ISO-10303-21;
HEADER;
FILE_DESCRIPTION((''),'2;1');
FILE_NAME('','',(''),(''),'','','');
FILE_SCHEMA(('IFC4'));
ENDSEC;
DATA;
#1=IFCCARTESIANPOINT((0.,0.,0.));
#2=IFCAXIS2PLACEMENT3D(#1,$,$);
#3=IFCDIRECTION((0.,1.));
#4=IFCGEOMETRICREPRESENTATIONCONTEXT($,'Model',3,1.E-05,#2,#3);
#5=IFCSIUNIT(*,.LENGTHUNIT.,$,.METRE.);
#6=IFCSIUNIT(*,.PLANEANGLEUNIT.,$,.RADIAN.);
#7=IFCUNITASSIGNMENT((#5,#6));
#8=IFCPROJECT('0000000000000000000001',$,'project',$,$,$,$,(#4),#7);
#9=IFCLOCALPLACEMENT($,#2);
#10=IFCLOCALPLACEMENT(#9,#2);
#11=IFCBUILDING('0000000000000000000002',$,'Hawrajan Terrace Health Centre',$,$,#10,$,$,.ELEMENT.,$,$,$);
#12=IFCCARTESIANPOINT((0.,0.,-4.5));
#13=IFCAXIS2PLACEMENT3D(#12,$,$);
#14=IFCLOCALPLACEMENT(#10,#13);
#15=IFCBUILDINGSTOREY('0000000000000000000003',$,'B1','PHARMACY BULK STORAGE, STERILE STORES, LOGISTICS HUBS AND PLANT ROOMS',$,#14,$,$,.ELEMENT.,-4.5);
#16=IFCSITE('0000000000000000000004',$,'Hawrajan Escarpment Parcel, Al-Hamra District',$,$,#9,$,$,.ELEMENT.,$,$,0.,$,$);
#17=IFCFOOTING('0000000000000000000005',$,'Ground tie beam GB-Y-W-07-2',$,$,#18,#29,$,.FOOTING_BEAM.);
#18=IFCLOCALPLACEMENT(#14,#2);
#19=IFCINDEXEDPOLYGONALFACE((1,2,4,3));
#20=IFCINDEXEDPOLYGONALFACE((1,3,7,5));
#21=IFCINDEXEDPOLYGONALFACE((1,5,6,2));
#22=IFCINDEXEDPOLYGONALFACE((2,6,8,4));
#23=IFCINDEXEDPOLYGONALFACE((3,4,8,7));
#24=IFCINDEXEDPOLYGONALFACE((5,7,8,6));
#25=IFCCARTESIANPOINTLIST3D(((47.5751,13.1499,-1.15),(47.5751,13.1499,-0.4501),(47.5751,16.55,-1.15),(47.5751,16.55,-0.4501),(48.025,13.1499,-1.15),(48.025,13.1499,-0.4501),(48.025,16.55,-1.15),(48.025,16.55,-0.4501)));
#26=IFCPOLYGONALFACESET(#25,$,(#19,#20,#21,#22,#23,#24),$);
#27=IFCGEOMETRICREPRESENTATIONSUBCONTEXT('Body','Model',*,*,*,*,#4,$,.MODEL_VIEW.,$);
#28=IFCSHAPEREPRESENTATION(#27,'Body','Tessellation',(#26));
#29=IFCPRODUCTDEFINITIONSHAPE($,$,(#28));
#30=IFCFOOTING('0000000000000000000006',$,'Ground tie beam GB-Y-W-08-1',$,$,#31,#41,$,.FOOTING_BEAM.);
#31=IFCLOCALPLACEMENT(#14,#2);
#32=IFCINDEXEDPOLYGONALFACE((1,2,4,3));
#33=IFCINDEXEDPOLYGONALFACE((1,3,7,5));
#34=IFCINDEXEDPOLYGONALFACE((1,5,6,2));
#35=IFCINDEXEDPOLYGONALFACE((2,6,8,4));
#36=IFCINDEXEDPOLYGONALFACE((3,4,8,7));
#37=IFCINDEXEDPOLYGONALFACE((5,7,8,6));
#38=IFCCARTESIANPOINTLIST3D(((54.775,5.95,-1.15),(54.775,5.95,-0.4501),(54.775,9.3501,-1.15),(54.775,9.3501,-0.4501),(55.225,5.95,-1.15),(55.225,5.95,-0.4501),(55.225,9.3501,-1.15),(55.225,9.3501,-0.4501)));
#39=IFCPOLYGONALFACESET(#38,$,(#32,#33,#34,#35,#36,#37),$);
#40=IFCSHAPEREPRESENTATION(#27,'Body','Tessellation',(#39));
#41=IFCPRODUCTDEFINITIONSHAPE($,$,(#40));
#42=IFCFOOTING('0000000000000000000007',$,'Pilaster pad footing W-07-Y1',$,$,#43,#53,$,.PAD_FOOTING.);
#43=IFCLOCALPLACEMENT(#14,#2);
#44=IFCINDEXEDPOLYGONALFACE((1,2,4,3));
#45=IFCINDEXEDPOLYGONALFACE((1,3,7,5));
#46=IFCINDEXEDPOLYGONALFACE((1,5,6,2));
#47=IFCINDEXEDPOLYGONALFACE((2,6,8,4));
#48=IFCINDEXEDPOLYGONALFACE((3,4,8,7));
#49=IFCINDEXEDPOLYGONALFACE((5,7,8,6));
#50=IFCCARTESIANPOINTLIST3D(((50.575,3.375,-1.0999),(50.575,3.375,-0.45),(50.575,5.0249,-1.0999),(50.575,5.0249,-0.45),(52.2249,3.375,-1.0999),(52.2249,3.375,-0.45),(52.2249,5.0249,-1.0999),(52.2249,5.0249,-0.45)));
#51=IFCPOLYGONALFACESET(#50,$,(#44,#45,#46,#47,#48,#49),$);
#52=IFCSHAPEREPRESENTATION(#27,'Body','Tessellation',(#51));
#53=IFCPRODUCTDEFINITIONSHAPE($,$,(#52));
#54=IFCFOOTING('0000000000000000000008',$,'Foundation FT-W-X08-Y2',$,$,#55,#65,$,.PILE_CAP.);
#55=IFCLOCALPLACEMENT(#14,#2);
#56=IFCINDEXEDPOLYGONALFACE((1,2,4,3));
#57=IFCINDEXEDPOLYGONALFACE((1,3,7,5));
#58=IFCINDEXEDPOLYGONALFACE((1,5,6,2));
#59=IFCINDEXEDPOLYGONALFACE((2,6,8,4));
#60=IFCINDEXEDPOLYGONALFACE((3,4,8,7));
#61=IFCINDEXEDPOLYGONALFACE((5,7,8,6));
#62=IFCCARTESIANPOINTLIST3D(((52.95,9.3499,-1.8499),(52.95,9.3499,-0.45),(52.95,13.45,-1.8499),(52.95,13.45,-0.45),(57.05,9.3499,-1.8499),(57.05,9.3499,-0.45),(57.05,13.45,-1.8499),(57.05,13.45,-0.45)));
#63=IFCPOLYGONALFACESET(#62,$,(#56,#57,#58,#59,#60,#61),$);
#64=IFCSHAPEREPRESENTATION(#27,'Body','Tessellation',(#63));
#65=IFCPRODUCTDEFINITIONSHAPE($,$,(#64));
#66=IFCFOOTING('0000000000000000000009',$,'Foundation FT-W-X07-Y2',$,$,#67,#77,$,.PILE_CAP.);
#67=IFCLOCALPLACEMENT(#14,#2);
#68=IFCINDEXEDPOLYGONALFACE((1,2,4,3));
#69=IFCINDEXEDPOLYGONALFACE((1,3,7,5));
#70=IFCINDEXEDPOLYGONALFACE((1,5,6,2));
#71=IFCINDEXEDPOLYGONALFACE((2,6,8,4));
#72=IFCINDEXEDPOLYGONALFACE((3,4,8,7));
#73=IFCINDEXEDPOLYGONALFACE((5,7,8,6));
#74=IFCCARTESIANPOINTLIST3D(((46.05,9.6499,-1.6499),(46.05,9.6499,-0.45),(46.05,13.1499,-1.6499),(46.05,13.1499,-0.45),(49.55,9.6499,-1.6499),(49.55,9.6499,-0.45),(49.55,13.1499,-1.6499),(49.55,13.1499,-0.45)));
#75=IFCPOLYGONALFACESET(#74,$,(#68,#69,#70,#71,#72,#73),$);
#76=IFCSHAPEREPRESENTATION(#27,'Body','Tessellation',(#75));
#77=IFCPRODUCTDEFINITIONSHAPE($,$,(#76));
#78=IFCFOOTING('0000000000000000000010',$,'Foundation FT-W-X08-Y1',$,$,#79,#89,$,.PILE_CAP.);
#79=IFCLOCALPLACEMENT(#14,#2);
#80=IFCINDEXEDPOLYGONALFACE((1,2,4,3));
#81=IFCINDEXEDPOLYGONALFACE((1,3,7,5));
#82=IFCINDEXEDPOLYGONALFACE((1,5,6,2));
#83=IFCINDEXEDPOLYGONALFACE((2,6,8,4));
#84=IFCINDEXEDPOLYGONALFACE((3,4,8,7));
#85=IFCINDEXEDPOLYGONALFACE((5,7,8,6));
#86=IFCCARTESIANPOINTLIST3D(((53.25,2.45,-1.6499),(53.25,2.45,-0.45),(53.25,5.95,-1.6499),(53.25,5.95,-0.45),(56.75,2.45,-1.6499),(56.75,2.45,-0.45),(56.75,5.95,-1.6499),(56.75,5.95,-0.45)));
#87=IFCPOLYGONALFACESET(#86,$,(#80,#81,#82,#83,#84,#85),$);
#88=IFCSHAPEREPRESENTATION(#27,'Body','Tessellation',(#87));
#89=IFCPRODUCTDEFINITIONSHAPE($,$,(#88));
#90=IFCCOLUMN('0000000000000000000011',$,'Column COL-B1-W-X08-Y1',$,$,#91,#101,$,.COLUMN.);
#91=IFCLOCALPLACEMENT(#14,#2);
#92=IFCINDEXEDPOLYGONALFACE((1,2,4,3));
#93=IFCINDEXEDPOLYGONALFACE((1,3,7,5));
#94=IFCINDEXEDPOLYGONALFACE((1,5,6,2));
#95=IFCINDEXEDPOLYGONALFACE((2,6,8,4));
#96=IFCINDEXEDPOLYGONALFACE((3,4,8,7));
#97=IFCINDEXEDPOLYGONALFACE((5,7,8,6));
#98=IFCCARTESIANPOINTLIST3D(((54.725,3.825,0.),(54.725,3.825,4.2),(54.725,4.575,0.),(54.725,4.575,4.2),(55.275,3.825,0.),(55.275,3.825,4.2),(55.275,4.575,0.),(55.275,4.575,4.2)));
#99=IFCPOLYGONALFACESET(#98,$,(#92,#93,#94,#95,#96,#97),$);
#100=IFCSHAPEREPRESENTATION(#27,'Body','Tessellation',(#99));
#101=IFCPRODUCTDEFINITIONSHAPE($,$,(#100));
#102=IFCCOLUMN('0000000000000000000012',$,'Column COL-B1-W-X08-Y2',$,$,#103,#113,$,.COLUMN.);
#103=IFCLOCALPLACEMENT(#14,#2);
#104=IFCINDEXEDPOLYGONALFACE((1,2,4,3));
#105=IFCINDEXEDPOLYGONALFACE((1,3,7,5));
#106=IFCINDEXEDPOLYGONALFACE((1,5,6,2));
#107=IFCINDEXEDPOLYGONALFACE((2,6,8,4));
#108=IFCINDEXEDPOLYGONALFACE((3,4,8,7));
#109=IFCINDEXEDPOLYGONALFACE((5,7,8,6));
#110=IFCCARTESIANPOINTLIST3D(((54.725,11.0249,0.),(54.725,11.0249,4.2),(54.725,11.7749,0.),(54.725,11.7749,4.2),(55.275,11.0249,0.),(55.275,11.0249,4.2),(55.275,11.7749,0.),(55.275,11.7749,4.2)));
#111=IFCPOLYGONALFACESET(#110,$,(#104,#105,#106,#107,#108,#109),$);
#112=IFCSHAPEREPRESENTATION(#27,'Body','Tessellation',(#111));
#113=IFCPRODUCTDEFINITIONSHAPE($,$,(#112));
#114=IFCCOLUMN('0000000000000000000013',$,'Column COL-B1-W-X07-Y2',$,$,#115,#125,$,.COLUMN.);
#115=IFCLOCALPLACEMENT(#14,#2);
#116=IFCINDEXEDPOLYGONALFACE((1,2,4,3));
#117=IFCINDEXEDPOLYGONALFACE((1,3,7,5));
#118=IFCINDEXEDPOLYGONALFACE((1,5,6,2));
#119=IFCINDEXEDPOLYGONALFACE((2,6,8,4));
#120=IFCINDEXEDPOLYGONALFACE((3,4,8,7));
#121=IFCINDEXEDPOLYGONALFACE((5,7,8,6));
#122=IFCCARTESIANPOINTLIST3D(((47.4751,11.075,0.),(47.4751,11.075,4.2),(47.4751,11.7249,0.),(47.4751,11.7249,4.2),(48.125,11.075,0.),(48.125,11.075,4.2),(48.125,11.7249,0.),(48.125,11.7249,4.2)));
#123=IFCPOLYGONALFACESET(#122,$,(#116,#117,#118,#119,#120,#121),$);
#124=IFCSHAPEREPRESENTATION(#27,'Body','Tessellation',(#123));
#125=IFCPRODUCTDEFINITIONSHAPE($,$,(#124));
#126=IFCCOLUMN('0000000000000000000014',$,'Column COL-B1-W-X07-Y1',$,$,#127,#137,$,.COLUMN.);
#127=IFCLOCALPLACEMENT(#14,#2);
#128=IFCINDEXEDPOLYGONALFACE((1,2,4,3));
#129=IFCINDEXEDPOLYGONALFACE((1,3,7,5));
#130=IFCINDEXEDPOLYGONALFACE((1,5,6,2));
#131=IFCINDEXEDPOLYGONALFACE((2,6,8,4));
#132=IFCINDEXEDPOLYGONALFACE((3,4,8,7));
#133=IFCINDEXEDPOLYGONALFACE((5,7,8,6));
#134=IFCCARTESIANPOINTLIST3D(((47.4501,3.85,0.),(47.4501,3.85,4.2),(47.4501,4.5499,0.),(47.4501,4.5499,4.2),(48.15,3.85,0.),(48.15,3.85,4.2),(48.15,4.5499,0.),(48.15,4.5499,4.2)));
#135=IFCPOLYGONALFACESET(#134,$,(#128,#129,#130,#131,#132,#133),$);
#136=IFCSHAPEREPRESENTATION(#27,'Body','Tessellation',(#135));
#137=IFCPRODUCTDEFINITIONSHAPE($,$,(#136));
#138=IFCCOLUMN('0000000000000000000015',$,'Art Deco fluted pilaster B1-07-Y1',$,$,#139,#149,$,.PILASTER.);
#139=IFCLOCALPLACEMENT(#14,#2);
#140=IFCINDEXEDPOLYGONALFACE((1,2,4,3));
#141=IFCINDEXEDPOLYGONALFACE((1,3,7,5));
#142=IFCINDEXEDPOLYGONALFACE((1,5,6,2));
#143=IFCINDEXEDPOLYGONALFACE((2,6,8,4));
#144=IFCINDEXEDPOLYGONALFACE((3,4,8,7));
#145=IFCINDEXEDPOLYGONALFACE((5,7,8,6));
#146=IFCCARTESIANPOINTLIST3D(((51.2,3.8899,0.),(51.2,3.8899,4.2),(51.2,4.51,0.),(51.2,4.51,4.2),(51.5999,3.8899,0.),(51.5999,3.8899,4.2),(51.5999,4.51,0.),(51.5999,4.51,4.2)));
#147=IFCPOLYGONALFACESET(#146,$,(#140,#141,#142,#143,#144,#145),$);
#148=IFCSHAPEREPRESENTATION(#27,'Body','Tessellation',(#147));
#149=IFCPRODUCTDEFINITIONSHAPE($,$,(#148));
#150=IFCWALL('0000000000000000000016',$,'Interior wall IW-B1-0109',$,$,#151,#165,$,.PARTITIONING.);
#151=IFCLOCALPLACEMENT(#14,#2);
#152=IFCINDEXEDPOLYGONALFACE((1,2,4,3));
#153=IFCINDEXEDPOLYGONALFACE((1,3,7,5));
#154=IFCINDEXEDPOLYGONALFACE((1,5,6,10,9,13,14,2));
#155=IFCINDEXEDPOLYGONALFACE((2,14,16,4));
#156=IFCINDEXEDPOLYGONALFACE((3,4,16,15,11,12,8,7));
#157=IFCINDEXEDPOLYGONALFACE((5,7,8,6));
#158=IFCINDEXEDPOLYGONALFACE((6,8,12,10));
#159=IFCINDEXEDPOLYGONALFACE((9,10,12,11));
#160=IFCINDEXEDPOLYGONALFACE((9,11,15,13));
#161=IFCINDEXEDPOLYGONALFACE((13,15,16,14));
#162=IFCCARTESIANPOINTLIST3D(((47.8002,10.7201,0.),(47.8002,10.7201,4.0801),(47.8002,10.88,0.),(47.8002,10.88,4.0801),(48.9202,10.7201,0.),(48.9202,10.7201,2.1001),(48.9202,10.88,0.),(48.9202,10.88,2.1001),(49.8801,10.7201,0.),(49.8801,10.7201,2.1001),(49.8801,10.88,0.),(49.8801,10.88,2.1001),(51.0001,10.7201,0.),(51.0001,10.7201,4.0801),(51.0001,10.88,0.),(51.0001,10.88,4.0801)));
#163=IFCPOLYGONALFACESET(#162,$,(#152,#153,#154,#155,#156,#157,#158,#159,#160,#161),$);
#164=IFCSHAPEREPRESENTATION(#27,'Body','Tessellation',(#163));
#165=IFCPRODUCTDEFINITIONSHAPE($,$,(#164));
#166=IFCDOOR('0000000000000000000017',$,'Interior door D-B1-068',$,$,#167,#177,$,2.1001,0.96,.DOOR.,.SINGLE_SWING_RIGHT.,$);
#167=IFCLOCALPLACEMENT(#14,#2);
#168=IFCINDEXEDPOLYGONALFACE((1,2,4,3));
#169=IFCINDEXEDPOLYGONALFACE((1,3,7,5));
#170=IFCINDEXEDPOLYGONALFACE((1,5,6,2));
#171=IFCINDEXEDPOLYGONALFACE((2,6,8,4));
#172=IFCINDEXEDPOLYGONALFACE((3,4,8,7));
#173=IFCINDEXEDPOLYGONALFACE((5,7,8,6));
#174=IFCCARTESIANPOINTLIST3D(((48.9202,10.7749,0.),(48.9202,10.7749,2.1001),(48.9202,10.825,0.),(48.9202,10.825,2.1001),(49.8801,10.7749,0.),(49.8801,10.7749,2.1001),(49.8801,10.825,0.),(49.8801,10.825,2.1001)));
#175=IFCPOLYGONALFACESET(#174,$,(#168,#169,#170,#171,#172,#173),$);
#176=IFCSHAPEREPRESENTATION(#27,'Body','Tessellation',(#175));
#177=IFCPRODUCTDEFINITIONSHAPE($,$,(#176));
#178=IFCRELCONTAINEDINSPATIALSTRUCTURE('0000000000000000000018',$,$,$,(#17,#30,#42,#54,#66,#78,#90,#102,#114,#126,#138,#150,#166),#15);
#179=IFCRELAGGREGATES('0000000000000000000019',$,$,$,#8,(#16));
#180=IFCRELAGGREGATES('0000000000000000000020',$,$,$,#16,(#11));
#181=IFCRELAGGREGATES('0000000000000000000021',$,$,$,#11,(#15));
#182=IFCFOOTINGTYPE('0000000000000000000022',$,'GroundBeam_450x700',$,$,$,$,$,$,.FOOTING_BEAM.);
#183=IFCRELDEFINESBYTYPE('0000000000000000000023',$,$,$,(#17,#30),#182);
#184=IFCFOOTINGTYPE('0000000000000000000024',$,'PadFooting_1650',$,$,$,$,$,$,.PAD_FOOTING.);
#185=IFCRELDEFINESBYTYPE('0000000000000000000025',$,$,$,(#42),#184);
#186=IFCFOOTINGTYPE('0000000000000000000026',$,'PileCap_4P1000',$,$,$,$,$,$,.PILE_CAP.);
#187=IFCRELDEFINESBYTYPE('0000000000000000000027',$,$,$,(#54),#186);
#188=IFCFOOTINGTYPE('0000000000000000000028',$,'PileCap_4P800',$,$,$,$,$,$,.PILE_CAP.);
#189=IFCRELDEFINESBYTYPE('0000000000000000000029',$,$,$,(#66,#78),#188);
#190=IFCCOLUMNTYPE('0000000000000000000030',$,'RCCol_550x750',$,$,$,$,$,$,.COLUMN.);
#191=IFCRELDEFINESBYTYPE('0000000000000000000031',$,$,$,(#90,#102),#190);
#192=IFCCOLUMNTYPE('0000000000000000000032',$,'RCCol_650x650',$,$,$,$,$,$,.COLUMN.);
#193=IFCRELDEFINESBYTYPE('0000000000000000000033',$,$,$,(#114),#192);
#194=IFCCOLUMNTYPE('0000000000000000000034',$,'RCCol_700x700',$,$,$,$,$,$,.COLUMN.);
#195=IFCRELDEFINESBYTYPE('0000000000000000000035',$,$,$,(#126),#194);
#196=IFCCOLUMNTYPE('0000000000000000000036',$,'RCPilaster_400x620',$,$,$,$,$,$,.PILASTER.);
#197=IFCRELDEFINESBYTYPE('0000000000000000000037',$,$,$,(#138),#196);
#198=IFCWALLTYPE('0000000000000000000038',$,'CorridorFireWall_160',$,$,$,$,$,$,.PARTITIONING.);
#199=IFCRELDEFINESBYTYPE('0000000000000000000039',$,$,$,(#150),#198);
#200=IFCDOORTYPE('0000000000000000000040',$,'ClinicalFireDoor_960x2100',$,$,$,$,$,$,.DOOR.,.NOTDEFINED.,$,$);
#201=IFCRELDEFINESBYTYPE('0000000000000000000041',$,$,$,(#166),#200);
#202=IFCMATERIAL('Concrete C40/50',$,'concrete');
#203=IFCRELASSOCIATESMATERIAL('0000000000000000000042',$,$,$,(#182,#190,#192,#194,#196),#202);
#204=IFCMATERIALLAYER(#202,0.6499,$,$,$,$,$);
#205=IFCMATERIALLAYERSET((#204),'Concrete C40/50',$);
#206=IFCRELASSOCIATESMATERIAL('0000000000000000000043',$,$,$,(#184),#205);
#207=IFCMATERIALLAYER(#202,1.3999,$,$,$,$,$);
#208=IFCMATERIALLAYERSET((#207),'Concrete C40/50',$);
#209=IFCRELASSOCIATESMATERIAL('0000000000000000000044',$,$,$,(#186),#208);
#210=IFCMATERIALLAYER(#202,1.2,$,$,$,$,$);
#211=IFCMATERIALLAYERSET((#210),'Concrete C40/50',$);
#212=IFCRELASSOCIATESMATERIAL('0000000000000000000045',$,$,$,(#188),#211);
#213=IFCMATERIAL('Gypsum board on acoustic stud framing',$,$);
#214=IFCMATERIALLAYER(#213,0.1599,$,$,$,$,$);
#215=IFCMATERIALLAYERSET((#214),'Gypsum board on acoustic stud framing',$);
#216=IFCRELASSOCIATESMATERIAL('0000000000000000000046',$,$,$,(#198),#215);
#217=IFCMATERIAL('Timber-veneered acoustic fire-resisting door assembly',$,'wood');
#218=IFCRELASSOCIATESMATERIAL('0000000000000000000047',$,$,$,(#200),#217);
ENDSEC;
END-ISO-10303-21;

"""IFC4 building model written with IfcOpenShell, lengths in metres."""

from ifc_helpers import new_model, si_unit, direction, frame, frame_2d, origin, origin_2d, place, context, subcontext, project, spatial, rectangle, extrude, material, layer, layer_set, material_profile, profile_set, type_object, element, fill, save


model = new_model("IFC4")

# Units and contexts
model_context = context("Model", 3, precision=1e-05, world=origin(), true_north=direction((0.0, 1.0)))
body_context = subcontext(model_context, "Body", "Model", "MODEL_VIEW")
ifc_project = project(units=[si_unit("LENGTHUNIT", "METRE"), si_unit("PLANEANGLEUNIT", "RADIAN")], contexts=[model_context])

# Site, building, storey
site_placement = place(None, origin())
site = spatial("IfcSite", under=ifc_project, at=site_placement, Name="Hawrajan Escarpment Parcel, Al-Hamra District", CompositionType="ELEMENT", RefElevation=0.0)
building_placement = place(site_placement, origin())
building = spatial("IfcBuilding", under=site, at=building_placement, Name="Hawrajan Terrace Health Centre", CompositionType="ELEMENT")
storey_placement = place(building_placement, frame((0.0, 0.0, -4.5)))
storey = spatial("IfcBuildingStorey", under=building, at=storey_placement, Name="B1", Description="PHARMACY BULK STORAGE, STERILE STORES, LOGISTICS HUBS AND PLANT ROOMS", CompositionType="ELEMENT", Elevation=-4.5)

# Shared definitions
ifc_material_1 = material(Name="Concrete C40/50", Category="concrete")

# Footings
ifc_material_profile_1 = material_profile(ifc_material_1, rectangle(XDim=0.45, YDim=0.7, at=origin_2d()), Name="RC BM 450x700")
ifc_profile_set_1 = profile_set([ifc_material_profile_1], Name="Concrete C40/50")
footing_type_1 = type_object("IfcFootingType", Name="GroundBeam_450x700", PredefinedType="FOOTING_BEAM", material=ifc_profile_set_1)
for number, where, z_axis, x_axis, name in (
    (1, (47.8, 13.1499, -0.8), (0.0, 1.0, 0.0), (-1.0, 0.0, 0.0), "Ground tie beam GB-Y-W-07-2"),
    (2, (55.0, 5.95, -0.8), (0.0, 1.0, 0.0), (-1.0, 0.0, 0.0), "Ground tie beam GB-Y-W-08-1"),
):
    element("IfcFooting", number, at=place(storey_placement, frame(where, z_axis=z_axis, x_axis=x_axis)), inside=storey, type_object=footing_type_1, Name=name, PredefinedType="FOOTING_BEAM", context=body_context, shape_type="SweptSolid", body=[
        extrude(rectangle(XDim=0.45, YDim=0.7, at=origin_2d()), origin(), (0.0, 0.0, 1.0), 3.4001),
    ])
ifc_layer_1 = layer(ifc_material_1, 0.6499)
ifc_layer_set_1 = layer_set([ifc_layer_1], Name="Concrete C40/50")
footing_type_2 = type_object("IfcFootingType", Name="PadFooting_1650", PredefinedType="PAD_FOOTING", material=ifc_layer_set_1)
footing_1_placement = place(storey_placement, frame((51.3999, 4.2, -1.0999), z_axis=(0.0, 0.0, 1.0), x_axis=(1.0, 0.0, 0.0)))
element("IfcFooting", 3, at=footing_1_placement, inside=storey, type_object=footing_type_2, Name="Pilaster pad footing W-07-Y1", PredefinedType="PAD_FOOTING", context=body_context, shape_type="SweptSolid", body=[
    extrude(rectangle(XDim=1.6499, YDim=1.6499, at=origin_2d()), origin(), (0.0, 0.0, 1.0), 0.6499),
])
ifc_layer_2 = layer(ifc_material_1, 1.3999)
ifc_layer_set_2 = layer_set([ifc_layer_2], Name="Concrete C40/50")
footing_type_3 = type_object("IfcFootingType", Name="PileCap_4P1000", PredefinedType="PILE_CAP", material=ifc_layer_set_2)
footing_2_placement = place(storey_placement, frame((55.0, 11.3999, -1.8499), z_axis=(0.0, 0.0, 1.0), x_axis=(1.0, 0.0, 0.0)))
element("IfcFooting", 4, at=footing_2_placement, inside=storey, type_object=footing_type_3, Name="Foundation FT-W-X08-Y2", PredefinedType="PILE_CAP", context=body_context, shape_type="SweptSolid", body=[
    extrude(rectangle(XDim=4.1001, YDim=4.1001, at=origin_2d()), origin(), (0.0, 0.0, 1.0), 1.3999),
])
ifc_layer_3 = layer(ifc_material_1, 1.2)
ifc_layer_set_3 = layer_set([ifc_layer_3], Name="Concrete C40/50")
footing_type_4 = type_object("IfcFootingType", Name="PileCap_4P800", PredefinedType="PILE_CAP", material=ifc_layer_set_3)
for number, where, z_axis, x_axis, name in (
    (5, (47.8, 11.3999, -1.6499), (0.0, 0.0, 1.0), (1.0, 0.0, 0.0), "Foundation FT-W-X07-Y2"),
    (6, (55.0, 4.2, -1.6499), (0.0, 0.0, 1.0), (1.0, 0.0, 0.0), "Foundation FT-W-X08-Y1"),
):
    element("IfcFooting", number, at=place(storey_placement, frame(where, z_axis=z_axis, x_axis=x_axis)), inside=storey, type_object=footing_type_4, Name=name, PredefinedType="PILE_CAP", context=body_context, shape_type="SweptSolid", body=[
        extrude(rectangle(XDim=3.5, YDim=3.5, at=origin_2d()), origin(), (0.0, 0.0, 1.0), 1.2),
    ])

# Columns
ifc_material_profile_2 = material_profile(ifc_material_1, rectangle(XDim=0.55, YDim=0.75, at=origin_2d()), Name="RC 550x750")
ifc_profile_set_2 = profile_set([ifc_material_profile_2], Name="Concrete C40/50")
column_type_1 = type_object("IfcColumnType", Name="RCCol_550x750", PredefinedType="COLUMN", material=ifc_profile_set_2)
for number, where, z_axis, x_axis, name in (
    (7, (55.0, 4.2, 0.0), (0.0, 0.0, 1.0), (1.0, 0.0, 0.0), "Column COL-B1-W-X08-Y1"),
    (8, (55.0, 11.3999, 0.0), (0.0, 0.0, 1.0), (1.0, 0.0, 0.0), "Column COL-B1-W-X08-Y2"),
):
    element("IfcColumn", number, at=place(storey_placement, frame(where, z_axis=z_axis, x_axis=x_axis)), inside=storey, type_object=column_type_1, Name=name, PredefinedType="COLUMN", context=body_context, shape_type="SweptSolid", body=[
        extrude(rectangle(XDim=0.55, YDim=0.75, at=origin_2d()), origin(), (0.0, 0.0, 1.0), 4.2),
    ])
ifc_material_profile_3 = material_profile(ifc_material_1, rectangle(XDim=0.6499, YDim=0.6499, at=origin_2d()), Name="RC 650x650")
ifc_profile_set_3 = profile_set([ifc_material_profile_3], Name="Concrete C40/50")
column_type_2 = type_object("IfcColumnType", Name="RCCol_650x650", PredefinedType="COLUMN", material=ifc_profile_set_3)
column_1_placement = place(storey_placement, frame((47.8, 11.3999, 0.0), z_axis=(0.0, 0.0, 1.0), x_axis=(1.0, 0.0, 0.0)))
element("IfcColumn", 9, at=column_1_placement, inside=storey, type_object=column_type_2, Name="Column COL-B1-W-X07-Y2", PredefinedType="COLUMN", context=body_context, shape_type="SweptSolid", body=[
    extrude(rectangle(XDim=0.6499, YDim=0.6499, at=origin_2d()), origin(), (0.0, 0.0, 1.0), 4.2),
])
ifc_material_profile_4 = material_profile(ifc_material_1, rectangle(XDim=0.7, YDim=0.7, at=origin_2d()), Name="RC 700x700")
ifc_profile_set_4 = profile_set([ifc_material_profile_4], Name="Concrete C40/50")
column_type_3 = type_object("IfcColumnType", Name="RCCol_700x700", PredefinedType="COLUMN", material=ifc_profile_set_4)
column_2_placement = place(storey_placement, frame((47.8, 4.2, 0.0), z_axis=(0.0, 0.0, 1.0), x_axis=(1.0, 0.0, 0.0)))
element("IfcColumn", 10, at=column_2_placement, inside=storey, type_object=column_type_3, Name="Column COL-B1-W-X07-Y1", PredefinedType="COLUMN", context=body_context, shape_type="SweptSolid", body=[
    extrude(rectangle(XDim=0.7, YDim=0.7, at=origin_2d()), origin(), (0.0, 0.0, 1.0), 4.2),
])
ifc_material_profile_5 = material_profile(ifc_material_1, rectangle(XDim=0.3999, YDim=0.6201, at=origin_2d()), Name="RC PIL 400x620")
ifc_profile_set_5 = profile_set([ifc_material_profile_5], Name="Concrete C40/50")
column_type_4 = type_object("IfcColumnType", Name="RCPilaster_400x620", PredefinedType="PILASTER", material=ifc_profile_set_5)
column_3_placement = place(storey_placement, frame((51.3999, 4.2, 0.0), z_axis=(0.0, 0.0, 1.0), x_axis=(1.0, 0.0, 0.0)))
element("IfcColumn", 11, at=column_3_placement, inside=storey, type_object=column_type_4, Name="Art Deco fluted pilaster B1-07-Y1", PredefinedType="PILASTER", context=body_context, shape_type="SweptSolid", body=[
    extrude(rectangle(XDim=0.3999, YDim=0.6201, at=origin_2d()), origin(), (0.0, 0.0, 1.0), 4.2),
])

# Wall, opening, door
ifc_material_2 = material(Name="Gypsum board on acoustic stud framing")
ifc_layer_4 = layer(ifc_material_2, 0.1599)
ifc_layer_set_4 = layer_set([ifc_layer_4], Name="Gypsum board on acoustic stud framing")
wall_type_1 = type_object("IfcWallType", Name="CorridorFireWall_160", PredefinedType="PARTITIONING", material=ifc_layer_set_4)
wall_1_placement = place(storey_placement, frame((47.8, 10.8, 0.0), z_axis=(0.0, 0.0, 1.0), x_axis=(1.0, 0.0, 0.0)))
wall_1 = element("IfcWall", 12, at=wall_1_placement, inside=storey, type_object=wall_type_1, Name="Interior wall IW-B1-0109", PredefinedType="PARTITIONING", context=body_context, shape_type="SweptSolid", body=[
    extrude(rectangle(XDim=3.2, YDim=0.1599, at=frame_2d((1.6001, 0.0))), origin(), (0.0, 0.0, 1.0), 4.0801),
])
opening_1_placement = place(wall_1_placement, frame((1.1201, 0.0, 0.0)))
opening_1 = element("IfcOpeningElement", 13, at=opening_1_placement, cuts=wall_1, PredefinedType="OPENING", context=body_context, shape_type="SweptSolid", body=[
    extrude(rectangle(XDim=0.96, YDim=2.1001, at=frame_2d((0.48, 1.05))), frame((0.0, 0.0898, 0.0), z_axis=(0.0, -1.0, 0.0), x_axis=(1.0, 0.0, 0.0)), (0.0, 0.0, 1.0), 0.1799),
])
ifc_material_3 = material(Name="Timber-veneered acoustic fire-resisting door assembly", Category="wood")
door_type_1 = type_object("IfcDoorType", Name="ClinicalFireDoor_960x2100", OperationType="NOTDEFINED", PredefinedType="DOOR", material=ifc_material_3)
door_1_placement = place(opening_1_placement, origin())
door_1 = element("IfcDoor", 14, at=door_1_placement, inside=storey, type_object=door_type_1, Name="Interior door D-B1-068", OperationType="SINGLE_SWING_RIGHT", OverallHeight=2.1001, OverallWidth=0.96, PredefinedType="DOOR", context=body_context, shape_type="SweptSolid", body=[
    extrude(rectangle(XDim=0.96, YDim=2.1001, at=frame_2d((0.48, 1.05))), frame((0.0, 0.0249, 0.0), z_axis=(0.0, -1.0, 0.0), x_axis=(1.0, 0.0, 0.0)), (0.0, 0.0, 1.0), 0.05),
])
fill(opening_1, door_1)

save(model, "model.ifc")
